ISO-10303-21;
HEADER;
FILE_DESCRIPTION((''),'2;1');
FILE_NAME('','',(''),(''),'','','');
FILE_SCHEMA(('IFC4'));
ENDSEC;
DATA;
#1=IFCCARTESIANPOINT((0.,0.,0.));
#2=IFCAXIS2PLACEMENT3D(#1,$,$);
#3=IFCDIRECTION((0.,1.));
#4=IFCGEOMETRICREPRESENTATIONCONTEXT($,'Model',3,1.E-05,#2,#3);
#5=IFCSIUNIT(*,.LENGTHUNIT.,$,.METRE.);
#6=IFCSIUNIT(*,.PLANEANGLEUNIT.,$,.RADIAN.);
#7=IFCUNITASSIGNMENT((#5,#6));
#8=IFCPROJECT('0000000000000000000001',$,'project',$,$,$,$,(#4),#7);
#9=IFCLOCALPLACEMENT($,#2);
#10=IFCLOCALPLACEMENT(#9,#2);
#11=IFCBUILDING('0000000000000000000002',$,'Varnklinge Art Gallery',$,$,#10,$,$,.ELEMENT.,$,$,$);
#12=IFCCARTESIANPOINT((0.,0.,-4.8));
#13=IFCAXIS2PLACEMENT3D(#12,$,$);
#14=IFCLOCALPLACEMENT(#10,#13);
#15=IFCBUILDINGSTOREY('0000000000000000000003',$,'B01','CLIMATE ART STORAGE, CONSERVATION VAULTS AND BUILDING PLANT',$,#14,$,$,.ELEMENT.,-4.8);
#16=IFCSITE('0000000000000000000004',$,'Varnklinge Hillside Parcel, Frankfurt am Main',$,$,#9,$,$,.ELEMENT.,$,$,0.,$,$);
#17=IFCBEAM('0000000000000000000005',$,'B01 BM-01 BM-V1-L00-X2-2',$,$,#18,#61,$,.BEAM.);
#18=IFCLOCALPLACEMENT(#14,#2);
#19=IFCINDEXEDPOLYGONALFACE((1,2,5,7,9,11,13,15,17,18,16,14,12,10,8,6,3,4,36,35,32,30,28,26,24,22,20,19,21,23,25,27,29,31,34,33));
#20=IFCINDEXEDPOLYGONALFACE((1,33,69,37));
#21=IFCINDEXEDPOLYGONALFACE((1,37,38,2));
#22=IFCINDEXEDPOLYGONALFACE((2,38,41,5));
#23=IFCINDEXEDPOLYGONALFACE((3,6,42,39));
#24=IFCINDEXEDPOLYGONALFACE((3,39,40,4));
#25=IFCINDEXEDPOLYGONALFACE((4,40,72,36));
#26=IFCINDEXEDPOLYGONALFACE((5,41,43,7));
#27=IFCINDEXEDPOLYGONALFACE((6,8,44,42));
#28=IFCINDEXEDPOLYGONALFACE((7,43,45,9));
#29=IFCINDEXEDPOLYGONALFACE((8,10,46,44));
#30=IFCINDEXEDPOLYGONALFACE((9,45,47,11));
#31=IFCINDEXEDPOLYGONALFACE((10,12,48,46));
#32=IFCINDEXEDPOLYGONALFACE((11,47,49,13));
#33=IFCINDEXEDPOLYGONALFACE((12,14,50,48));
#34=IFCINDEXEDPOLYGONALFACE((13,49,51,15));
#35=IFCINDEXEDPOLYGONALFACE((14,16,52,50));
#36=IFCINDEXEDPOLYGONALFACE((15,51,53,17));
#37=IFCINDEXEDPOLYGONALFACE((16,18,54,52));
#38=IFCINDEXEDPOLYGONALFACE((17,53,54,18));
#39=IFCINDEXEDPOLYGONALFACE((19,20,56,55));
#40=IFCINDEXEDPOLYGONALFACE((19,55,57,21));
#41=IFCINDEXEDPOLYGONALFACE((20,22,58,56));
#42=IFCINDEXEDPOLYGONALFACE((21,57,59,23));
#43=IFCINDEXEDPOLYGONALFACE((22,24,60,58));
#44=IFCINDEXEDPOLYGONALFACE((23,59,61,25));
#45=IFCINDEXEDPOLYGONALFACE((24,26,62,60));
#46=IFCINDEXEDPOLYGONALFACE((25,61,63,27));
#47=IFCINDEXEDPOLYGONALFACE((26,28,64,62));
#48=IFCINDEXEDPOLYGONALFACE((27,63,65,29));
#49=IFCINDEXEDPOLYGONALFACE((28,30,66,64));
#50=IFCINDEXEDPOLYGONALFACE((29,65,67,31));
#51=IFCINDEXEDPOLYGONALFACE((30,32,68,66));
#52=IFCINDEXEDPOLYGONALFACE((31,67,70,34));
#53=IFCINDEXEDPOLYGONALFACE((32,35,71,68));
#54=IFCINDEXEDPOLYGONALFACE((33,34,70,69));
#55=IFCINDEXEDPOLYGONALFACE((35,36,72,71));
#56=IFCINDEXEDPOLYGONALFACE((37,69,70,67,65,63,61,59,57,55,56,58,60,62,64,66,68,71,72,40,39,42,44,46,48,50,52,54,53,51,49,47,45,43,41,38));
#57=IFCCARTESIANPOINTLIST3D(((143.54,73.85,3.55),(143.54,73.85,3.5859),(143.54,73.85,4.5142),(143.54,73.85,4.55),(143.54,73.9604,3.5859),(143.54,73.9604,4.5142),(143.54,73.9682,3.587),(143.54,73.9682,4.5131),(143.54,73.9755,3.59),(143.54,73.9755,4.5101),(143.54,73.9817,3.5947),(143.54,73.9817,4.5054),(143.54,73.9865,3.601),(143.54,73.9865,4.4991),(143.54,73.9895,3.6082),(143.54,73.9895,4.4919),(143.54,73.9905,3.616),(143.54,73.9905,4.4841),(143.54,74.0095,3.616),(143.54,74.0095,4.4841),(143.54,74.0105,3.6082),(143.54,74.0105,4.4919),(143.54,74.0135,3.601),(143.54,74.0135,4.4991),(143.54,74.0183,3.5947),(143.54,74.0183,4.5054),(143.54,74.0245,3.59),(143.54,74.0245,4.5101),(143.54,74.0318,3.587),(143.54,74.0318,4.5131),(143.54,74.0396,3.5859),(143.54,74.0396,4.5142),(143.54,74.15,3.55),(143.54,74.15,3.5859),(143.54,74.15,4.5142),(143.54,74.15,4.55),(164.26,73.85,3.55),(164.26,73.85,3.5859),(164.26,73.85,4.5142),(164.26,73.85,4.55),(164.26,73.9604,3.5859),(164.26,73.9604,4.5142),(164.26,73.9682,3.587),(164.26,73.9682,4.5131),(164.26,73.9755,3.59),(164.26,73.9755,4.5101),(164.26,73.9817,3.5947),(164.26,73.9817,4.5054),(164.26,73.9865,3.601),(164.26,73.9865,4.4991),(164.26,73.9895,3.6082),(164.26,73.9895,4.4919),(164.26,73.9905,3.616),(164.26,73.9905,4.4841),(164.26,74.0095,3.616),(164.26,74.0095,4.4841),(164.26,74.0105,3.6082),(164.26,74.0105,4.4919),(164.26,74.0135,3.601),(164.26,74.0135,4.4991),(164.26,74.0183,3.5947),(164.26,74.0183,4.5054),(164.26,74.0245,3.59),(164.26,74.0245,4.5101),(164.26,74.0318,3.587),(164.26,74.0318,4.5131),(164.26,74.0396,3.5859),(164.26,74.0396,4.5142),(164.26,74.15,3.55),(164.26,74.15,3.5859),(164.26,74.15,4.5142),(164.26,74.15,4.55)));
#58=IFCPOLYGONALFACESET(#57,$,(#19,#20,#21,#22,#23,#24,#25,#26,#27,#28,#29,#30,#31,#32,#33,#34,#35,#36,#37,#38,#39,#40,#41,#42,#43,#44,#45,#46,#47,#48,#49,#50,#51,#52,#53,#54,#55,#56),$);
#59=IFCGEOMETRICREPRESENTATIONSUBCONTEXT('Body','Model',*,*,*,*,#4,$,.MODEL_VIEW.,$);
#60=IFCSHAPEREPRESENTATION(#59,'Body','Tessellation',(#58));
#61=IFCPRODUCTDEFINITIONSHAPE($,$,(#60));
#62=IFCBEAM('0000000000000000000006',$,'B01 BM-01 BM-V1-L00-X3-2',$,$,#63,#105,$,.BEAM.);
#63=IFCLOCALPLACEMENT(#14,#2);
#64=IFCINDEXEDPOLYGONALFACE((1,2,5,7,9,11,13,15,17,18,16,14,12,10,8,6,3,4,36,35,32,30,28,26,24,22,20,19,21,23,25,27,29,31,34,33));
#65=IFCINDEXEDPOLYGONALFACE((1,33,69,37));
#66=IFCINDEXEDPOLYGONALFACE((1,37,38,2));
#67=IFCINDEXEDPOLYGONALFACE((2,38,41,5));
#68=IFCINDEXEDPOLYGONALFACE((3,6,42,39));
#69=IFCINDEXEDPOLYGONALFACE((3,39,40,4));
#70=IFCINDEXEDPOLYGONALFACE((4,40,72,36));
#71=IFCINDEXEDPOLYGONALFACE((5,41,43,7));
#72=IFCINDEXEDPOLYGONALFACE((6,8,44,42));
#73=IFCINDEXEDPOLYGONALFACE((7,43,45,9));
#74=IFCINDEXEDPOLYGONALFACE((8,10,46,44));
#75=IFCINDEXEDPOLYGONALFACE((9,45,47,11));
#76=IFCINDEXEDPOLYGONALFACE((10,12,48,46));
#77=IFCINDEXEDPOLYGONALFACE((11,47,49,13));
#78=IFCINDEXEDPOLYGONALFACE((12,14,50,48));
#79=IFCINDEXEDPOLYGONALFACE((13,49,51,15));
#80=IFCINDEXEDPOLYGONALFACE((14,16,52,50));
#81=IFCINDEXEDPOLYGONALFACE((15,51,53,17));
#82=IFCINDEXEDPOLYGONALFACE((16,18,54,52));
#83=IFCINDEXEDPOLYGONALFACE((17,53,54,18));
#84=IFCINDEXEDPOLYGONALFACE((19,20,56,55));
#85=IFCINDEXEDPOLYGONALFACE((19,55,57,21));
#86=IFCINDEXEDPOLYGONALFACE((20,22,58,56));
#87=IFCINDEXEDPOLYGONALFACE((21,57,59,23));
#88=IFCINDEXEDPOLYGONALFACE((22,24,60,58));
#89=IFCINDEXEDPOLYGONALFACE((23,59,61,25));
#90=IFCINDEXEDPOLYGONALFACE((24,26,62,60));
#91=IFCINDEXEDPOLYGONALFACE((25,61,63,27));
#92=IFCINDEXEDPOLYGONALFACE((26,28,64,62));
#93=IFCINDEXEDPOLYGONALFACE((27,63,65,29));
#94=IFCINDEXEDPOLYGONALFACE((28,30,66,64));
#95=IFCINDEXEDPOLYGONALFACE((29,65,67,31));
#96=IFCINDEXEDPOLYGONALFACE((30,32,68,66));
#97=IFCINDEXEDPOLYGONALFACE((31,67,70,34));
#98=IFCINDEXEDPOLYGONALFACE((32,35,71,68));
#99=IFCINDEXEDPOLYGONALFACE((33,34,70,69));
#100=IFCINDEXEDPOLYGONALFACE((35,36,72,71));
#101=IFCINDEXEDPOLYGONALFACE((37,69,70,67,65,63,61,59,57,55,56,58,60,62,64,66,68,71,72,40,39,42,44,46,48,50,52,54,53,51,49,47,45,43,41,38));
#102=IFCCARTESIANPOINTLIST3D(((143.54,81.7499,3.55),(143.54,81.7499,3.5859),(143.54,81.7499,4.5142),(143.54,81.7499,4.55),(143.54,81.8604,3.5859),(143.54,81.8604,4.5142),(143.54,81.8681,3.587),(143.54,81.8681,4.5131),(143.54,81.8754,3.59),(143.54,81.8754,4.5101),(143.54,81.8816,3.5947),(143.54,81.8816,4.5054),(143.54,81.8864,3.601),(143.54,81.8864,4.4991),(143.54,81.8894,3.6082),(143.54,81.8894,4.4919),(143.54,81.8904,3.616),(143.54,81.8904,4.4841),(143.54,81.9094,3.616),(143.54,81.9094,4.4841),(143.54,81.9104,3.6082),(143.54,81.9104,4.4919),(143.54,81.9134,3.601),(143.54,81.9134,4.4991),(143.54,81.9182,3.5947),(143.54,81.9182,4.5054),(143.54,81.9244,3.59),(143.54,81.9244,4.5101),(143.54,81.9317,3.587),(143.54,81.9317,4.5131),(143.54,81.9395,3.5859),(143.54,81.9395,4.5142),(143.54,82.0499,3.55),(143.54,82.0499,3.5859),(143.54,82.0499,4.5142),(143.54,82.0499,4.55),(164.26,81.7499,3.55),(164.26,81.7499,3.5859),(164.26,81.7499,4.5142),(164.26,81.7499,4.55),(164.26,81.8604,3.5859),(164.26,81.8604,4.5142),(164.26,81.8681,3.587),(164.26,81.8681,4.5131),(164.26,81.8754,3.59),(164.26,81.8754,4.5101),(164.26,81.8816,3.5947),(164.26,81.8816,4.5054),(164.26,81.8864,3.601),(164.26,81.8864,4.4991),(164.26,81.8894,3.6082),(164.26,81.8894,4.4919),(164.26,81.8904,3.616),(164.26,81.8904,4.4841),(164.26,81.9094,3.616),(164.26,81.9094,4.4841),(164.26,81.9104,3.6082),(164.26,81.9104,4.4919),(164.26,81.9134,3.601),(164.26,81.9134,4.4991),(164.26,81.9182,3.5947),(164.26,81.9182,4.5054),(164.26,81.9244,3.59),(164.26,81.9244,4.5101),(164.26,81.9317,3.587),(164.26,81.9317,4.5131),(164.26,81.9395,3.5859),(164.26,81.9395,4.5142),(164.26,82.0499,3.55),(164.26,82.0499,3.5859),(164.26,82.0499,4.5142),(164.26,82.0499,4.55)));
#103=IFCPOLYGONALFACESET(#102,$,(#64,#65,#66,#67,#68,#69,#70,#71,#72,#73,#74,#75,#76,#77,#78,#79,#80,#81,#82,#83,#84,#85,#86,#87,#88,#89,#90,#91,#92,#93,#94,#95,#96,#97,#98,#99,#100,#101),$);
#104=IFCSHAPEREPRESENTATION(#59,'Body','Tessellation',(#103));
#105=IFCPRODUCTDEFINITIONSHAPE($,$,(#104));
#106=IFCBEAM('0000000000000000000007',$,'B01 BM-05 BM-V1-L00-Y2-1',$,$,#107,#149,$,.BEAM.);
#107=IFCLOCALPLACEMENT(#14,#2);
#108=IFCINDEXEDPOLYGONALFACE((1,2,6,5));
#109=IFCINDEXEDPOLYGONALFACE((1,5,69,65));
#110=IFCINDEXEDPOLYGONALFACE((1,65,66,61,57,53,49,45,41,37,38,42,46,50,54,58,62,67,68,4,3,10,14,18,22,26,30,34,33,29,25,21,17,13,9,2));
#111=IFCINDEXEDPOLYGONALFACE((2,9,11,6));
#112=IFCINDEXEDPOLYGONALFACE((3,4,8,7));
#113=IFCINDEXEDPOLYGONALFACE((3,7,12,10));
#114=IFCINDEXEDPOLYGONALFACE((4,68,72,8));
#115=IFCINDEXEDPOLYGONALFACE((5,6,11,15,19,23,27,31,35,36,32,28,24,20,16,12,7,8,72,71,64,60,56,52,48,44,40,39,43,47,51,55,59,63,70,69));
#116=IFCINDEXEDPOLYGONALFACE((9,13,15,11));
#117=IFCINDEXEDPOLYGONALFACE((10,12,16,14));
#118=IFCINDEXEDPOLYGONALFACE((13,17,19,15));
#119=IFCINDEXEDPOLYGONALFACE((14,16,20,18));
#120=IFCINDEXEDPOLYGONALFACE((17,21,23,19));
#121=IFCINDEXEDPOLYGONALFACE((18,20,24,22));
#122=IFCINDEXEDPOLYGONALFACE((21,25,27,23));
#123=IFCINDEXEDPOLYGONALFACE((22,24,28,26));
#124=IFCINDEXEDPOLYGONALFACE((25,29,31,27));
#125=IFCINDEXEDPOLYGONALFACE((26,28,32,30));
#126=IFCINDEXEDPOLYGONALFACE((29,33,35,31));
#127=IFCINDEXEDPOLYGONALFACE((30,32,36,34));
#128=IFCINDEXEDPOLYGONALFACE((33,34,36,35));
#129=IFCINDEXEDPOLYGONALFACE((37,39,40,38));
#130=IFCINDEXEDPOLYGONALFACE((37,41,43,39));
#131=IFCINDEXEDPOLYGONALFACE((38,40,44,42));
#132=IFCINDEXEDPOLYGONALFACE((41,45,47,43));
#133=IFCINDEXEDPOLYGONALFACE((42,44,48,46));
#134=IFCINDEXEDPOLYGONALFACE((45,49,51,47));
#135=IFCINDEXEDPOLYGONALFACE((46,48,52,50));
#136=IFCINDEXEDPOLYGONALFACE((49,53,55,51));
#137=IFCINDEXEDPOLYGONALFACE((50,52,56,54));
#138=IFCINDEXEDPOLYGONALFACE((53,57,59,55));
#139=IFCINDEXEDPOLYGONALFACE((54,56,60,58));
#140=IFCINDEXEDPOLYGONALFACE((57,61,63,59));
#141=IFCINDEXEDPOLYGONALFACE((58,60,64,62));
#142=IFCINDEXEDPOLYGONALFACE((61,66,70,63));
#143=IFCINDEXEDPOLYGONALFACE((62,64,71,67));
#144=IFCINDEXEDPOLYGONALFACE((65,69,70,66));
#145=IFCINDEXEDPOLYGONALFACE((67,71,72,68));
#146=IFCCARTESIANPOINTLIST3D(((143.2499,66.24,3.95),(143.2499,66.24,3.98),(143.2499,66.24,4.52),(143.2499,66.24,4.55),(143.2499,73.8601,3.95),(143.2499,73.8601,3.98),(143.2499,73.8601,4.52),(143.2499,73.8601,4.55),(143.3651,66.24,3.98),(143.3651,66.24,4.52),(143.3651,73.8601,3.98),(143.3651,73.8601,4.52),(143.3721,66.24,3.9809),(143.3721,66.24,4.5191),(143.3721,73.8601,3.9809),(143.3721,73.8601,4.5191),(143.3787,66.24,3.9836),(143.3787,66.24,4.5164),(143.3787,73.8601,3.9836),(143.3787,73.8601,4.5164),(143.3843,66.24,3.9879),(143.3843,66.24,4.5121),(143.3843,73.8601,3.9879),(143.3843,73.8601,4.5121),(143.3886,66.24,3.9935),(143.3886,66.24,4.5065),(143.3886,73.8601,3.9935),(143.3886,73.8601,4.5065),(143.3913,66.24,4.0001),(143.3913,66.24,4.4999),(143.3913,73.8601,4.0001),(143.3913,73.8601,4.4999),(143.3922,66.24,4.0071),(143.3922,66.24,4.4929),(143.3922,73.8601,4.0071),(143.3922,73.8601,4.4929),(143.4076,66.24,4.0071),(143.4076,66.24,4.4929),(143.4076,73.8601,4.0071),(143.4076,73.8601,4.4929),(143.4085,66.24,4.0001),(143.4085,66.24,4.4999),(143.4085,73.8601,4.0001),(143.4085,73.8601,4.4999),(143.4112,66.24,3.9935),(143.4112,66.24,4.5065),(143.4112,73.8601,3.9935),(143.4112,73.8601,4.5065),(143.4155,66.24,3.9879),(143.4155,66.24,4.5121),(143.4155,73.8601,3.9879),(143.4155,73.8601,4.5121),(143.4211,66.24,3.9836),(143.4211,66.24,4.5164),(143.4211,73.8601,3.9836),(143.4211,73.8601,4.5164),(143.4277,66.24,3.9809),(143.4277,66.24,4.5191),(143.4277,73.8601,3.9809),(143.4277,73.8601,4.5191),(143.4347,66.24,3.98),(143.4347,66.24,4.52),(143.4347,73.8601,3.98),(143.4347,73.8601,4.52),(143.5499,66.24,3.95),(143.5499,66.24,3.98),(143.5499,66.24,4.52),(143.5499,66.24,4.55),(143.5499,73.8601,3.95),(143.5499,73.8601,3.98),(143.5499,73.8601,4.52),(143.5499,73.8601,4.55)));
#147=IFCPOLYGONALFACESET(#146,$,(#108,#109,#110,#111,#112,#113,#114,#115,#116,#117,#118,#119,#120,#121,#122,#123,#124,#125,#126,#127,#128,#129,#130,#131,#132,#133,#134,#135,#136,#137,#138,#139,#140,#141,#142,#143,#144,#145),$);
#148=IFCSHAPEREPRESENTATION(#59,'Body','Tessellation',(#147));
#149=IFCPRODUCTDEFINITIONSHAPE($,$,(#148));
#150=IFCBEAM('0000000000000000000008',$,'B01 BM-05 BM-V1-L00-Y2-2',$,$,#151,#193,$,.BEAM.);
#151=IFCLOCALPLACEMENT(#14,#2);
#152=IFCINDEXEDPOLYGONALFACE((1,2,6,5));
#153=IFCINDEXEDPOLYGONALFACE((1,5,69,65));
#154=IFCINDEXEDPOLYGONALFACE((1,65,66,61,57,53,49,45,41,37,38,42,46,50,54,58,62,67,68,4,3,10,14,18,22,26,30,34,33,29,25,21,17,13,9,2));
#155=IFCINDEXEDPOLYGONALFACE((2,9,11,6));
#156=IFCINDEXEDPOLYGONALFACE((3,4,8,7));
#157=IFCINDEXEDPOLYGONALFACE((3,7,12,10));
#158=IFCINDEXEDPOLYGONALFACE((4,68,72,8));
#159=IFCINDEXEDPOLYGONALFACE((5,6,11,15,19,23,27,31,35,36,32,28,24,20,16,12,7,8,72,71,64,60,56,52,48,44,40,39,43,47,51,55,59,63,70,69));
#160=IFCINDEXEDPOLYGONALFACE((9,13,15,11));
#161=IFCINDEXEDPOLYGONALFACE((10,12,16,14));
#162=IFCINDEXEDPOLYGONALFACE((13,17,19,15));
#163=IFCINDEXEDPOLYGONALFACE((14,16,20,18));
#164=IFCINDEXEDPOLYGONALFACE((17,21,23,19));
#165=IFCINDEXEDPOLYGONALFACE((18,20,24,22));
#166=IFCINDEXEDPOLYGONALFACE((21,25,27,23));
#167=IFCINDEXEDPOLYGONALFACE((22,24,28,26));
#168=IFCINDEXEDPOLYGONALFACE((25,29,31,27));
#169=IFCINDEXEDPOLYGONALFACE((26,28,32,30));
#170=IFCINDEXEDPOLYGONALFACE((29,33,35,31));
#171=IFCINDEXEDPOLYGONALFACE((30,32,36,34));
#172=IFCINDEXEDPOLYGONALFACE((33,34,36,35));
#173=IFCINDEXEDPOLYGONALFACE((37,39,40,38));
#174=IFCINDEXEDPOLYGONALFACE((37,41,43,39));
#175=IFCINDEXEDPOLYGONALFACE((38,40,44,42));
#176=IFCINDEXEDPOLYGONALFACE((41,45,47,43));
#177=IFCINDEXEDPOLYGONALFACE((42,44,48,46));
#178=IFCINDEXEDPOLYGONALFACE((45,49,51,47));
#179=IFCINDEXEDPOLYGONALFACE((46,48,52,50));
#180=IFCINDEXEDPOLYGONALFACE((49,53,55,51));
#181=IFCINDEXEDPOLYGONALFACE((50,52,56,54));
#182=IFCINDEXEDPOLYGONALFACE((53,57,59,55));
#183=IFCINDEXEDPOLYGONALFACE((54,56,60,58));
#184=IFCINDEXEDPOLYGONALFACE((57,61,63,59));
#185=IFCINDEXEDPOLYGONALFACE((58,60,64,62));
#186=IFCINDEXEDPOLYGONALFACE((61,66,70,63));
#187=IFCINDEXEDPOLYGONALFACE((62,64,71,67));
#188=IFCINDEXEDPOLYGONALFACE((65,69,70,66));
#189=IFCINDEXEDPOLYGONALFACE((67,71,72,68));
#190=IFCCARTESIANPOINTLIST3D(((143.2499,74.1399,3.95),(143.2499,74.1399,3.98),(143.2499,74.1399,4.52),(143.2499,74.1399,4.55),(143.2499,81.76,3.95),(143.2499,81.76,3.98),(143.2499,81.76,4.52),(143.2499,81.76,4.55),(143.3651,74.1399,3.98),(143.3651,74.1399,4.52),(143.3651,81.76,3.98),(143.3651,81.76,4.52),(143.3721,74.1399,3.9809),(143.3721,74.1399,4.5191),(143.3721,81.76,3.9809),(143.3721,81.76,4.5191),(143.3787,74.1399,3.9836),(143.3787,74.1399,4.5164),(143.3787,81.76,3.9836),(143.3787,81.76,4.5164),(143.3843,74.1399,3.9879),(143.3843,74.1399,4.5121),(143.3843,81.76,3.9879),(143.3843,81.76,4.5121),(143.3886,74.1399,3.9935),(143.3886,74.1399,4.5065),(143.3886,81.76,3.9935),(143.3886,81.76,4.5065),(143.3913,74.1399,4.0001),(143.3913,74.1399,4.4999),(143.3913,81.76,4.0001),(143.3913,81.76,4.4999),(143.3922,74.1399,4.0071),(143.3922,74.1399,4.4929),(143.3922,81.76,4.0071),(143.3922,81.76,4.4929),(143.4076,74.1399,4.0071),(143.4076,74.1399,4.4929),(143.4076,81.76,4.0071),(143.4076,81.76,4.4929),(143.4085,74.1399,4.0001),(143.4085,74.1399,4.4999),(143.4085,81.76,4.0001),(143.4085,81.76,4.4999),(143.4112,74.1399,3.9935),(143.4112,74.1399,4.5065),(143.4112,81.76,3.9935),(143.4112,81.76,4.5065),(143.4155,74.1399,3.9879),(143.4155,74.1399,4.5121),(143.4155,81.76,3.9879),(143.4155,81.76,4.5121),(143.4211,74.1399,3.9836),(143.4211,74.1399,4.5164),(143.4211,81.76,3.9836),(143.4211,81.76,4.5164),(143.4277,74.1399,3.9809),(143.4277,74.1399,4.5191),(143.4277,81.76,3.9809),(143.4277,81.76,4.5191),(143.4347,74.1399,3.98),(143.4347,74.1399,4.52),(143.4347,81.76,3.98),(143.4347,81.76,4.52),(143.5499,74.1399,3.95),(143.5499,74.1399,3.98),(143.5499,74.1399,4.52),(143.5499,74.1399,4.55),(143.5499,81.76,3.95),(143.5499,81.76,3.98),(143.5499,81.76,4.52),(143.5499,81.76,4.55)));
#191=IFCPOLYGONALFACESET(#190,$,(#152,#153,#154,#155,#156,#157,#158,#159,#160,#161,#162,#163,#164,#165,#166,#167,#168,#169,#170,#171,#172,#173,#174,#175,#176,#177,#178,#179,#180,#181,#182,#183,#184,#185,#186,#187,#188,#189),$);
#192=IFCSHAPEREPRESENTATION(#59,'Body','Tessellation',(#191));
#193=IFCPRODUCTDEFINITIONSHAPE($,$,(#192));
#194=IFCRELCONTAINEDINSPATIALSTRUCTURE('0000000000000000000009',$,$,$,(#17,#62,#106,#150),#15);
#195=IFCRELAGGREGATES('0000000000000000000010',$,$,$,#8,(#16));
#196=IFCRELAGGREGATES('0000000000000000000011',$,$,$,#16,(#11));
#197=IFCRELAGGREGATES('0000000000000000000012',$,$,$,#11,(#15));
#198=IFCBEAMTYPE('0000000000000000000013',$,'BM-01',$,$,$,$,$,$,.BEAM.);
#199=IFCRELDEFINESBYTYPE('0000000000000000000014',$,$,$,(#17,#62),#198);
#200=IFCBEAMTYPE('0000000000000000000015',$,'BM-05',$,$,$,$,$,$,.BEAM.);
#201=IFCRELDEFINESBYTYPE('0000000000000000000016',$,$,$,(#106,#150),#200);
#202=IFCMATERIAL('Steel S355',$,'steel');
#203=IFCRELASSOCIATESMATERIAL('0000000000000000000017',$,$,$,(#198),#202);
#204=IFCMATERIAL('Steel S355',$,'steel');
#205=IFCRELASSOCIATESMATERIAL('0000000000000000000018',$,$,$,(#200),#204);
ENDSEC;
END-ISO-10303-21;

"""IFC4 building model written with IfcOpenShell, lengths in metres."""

from ifc_helpers import new_model, si_unit, direction, frame, origin, origin_2d, place, context, subcontext, project, spatial, i_section, extrude, material, material_profile, profile_set, type_object, element, save


model = new_model("IFC4")

# Units and contexts
model_context = context("Model", 3, precision=1e-05, world=origin(), true_north=direction((0.0, 1.0)))
body_context = subcontext(model_context, "Body", "Model", "MODEL_VIEW")
ifc_project = project(units=[si_unit("LENGTHUNIT", "METRE"), si_unit("PLANEANGLEUNIT", "RADIAN")], contexts=[model_context])

# Site, building, storey
site_placement = place(None, origin())
site = spatial("IfcSite", under=ifc_project, at=site_placement, Name="Varnklinge Hillside Parcel, Frankfurt am Main", CompositionType="ELEMENT", RefElevation=0.0)
building_placement = place(site_placement, origin())
building = spatial("IfcBuilding", under=site, at=building_placement, Name="Varnklinge Art Gallery", CompositionType="ELEMENT")
storey_placement = place(building_placement, frame((0.0, 0.0, -4.8)))
storey = spatial("IfcBuildingStorey", under=building, at=storey_placement, Name="B01", Description="CLIMATE ART STORAGE, CONSERVATION VAULTS AND BUILDING PLANT", CompositionType="ELEMENT", Elevation=-4.8)

# Beams
ifc_material_1 = material(Name="Steel S355", Category="steel")
ifc_material_profile_1 = material_profile(ifc_material_1, i_section(OverallWidth=0.3, OverallDepth=1.0, WebThickness=0.019, FlangeThickness=0.0359, FilletRadius=0.03, at=origin_2d()), Name="HEB 1000")
ifc_profile_set_1 = profile_set([ifc_material_profile_1], Name="Steel S355")
beam_type_1 = type_object("IfcBeamType", Name="BM-01", PredefinedType="BEAM", material=ifc_profile_set_1)
for number, where, z_axis, x_axis, name in (
    (1, (143.54, 74.0, 4.05), (1.0, 0.0, 0.0), (0.0, 1.0, 0.0), "B01 BM-01 BM-V1-L00-X2-2"),
    (2, (143.54, 81.8999, 4.05), (1.0, 0.0, 0.0), (0.0, 1.0, 0.0), "B01 BM-01 BM-V1-L00-X3-2"),
):
    element("IfcBeam", number, at=place(storey_placement, frame(where, z_axis=z_axis, x_axis=x_axis)), inside=storey, type_object=beam_type_1, Name=name, PredefinedType="BEAM", context=body_context, shape_type="SweptSolid", body=[
        extrude(i_section(OverallWidth=0.3, OverallDepth=1.0, WebThickness=0.019, FlangeThickness=0.0359, FilletRadius=0.03, at=origin_2d()), origin(), (0.0, 0.0, 1.0), 20.72),
    ])
ifc_material_2 = material(Name="Steel S355", Category="steel")
ifc_material_profile_2 = material_profile(ifc_material_2, i_section(OverallWidth=0.3, OverallDepth=0.6001, WebThickness=0.0154, FlangeThickness=0.03, FilletRadius=0.0271, at=origin_2d()), Name="HEB 600")
ifc_profile_set_2 = profile_set([ifc_material_profile_2], Name="Steel S355")
beam_type_2 = type_object("IfcBeamType", Name="BM-05", PredefinedType="BEAM", material=ifc_profile_set_2)
for number, where, z_axis, x_axis, name in (
    (3, (143.3999, 66.24, 4.25), (0.0, 1.0, 0.0), (-1.0, 0.0, 0.0), "B01 BM-05 BM-V1-L00-Y2-1"),
    (4, (143.3999, 74.1399, 4.25), (0.0, 1.0, 0.0), (-1.0, 0.0, 0.0), "B01 BM-05 BM-V1-L00-Y2-2"),
):
    element("IfcBeam", number, at=place(storey_placement, frame(where, z_axis=z_axis, x_axis=x_axis)), inside=storey, type_object=beam_type_2, Name=name, PredefinedType="BEAM", context=body_context, shape_type="SweptSolid", body=[
        extrude(i_section(OverallWidth=0.3, OverallDepth=0.6001, WebThickness=0.0154, FlangeThickness=0.03, FilletRadius=0.0271, at=origin_2d()), origin(), (0.0, 0.0, 1.0), 7.6201),
    ])

save(model, "model.ifc")
